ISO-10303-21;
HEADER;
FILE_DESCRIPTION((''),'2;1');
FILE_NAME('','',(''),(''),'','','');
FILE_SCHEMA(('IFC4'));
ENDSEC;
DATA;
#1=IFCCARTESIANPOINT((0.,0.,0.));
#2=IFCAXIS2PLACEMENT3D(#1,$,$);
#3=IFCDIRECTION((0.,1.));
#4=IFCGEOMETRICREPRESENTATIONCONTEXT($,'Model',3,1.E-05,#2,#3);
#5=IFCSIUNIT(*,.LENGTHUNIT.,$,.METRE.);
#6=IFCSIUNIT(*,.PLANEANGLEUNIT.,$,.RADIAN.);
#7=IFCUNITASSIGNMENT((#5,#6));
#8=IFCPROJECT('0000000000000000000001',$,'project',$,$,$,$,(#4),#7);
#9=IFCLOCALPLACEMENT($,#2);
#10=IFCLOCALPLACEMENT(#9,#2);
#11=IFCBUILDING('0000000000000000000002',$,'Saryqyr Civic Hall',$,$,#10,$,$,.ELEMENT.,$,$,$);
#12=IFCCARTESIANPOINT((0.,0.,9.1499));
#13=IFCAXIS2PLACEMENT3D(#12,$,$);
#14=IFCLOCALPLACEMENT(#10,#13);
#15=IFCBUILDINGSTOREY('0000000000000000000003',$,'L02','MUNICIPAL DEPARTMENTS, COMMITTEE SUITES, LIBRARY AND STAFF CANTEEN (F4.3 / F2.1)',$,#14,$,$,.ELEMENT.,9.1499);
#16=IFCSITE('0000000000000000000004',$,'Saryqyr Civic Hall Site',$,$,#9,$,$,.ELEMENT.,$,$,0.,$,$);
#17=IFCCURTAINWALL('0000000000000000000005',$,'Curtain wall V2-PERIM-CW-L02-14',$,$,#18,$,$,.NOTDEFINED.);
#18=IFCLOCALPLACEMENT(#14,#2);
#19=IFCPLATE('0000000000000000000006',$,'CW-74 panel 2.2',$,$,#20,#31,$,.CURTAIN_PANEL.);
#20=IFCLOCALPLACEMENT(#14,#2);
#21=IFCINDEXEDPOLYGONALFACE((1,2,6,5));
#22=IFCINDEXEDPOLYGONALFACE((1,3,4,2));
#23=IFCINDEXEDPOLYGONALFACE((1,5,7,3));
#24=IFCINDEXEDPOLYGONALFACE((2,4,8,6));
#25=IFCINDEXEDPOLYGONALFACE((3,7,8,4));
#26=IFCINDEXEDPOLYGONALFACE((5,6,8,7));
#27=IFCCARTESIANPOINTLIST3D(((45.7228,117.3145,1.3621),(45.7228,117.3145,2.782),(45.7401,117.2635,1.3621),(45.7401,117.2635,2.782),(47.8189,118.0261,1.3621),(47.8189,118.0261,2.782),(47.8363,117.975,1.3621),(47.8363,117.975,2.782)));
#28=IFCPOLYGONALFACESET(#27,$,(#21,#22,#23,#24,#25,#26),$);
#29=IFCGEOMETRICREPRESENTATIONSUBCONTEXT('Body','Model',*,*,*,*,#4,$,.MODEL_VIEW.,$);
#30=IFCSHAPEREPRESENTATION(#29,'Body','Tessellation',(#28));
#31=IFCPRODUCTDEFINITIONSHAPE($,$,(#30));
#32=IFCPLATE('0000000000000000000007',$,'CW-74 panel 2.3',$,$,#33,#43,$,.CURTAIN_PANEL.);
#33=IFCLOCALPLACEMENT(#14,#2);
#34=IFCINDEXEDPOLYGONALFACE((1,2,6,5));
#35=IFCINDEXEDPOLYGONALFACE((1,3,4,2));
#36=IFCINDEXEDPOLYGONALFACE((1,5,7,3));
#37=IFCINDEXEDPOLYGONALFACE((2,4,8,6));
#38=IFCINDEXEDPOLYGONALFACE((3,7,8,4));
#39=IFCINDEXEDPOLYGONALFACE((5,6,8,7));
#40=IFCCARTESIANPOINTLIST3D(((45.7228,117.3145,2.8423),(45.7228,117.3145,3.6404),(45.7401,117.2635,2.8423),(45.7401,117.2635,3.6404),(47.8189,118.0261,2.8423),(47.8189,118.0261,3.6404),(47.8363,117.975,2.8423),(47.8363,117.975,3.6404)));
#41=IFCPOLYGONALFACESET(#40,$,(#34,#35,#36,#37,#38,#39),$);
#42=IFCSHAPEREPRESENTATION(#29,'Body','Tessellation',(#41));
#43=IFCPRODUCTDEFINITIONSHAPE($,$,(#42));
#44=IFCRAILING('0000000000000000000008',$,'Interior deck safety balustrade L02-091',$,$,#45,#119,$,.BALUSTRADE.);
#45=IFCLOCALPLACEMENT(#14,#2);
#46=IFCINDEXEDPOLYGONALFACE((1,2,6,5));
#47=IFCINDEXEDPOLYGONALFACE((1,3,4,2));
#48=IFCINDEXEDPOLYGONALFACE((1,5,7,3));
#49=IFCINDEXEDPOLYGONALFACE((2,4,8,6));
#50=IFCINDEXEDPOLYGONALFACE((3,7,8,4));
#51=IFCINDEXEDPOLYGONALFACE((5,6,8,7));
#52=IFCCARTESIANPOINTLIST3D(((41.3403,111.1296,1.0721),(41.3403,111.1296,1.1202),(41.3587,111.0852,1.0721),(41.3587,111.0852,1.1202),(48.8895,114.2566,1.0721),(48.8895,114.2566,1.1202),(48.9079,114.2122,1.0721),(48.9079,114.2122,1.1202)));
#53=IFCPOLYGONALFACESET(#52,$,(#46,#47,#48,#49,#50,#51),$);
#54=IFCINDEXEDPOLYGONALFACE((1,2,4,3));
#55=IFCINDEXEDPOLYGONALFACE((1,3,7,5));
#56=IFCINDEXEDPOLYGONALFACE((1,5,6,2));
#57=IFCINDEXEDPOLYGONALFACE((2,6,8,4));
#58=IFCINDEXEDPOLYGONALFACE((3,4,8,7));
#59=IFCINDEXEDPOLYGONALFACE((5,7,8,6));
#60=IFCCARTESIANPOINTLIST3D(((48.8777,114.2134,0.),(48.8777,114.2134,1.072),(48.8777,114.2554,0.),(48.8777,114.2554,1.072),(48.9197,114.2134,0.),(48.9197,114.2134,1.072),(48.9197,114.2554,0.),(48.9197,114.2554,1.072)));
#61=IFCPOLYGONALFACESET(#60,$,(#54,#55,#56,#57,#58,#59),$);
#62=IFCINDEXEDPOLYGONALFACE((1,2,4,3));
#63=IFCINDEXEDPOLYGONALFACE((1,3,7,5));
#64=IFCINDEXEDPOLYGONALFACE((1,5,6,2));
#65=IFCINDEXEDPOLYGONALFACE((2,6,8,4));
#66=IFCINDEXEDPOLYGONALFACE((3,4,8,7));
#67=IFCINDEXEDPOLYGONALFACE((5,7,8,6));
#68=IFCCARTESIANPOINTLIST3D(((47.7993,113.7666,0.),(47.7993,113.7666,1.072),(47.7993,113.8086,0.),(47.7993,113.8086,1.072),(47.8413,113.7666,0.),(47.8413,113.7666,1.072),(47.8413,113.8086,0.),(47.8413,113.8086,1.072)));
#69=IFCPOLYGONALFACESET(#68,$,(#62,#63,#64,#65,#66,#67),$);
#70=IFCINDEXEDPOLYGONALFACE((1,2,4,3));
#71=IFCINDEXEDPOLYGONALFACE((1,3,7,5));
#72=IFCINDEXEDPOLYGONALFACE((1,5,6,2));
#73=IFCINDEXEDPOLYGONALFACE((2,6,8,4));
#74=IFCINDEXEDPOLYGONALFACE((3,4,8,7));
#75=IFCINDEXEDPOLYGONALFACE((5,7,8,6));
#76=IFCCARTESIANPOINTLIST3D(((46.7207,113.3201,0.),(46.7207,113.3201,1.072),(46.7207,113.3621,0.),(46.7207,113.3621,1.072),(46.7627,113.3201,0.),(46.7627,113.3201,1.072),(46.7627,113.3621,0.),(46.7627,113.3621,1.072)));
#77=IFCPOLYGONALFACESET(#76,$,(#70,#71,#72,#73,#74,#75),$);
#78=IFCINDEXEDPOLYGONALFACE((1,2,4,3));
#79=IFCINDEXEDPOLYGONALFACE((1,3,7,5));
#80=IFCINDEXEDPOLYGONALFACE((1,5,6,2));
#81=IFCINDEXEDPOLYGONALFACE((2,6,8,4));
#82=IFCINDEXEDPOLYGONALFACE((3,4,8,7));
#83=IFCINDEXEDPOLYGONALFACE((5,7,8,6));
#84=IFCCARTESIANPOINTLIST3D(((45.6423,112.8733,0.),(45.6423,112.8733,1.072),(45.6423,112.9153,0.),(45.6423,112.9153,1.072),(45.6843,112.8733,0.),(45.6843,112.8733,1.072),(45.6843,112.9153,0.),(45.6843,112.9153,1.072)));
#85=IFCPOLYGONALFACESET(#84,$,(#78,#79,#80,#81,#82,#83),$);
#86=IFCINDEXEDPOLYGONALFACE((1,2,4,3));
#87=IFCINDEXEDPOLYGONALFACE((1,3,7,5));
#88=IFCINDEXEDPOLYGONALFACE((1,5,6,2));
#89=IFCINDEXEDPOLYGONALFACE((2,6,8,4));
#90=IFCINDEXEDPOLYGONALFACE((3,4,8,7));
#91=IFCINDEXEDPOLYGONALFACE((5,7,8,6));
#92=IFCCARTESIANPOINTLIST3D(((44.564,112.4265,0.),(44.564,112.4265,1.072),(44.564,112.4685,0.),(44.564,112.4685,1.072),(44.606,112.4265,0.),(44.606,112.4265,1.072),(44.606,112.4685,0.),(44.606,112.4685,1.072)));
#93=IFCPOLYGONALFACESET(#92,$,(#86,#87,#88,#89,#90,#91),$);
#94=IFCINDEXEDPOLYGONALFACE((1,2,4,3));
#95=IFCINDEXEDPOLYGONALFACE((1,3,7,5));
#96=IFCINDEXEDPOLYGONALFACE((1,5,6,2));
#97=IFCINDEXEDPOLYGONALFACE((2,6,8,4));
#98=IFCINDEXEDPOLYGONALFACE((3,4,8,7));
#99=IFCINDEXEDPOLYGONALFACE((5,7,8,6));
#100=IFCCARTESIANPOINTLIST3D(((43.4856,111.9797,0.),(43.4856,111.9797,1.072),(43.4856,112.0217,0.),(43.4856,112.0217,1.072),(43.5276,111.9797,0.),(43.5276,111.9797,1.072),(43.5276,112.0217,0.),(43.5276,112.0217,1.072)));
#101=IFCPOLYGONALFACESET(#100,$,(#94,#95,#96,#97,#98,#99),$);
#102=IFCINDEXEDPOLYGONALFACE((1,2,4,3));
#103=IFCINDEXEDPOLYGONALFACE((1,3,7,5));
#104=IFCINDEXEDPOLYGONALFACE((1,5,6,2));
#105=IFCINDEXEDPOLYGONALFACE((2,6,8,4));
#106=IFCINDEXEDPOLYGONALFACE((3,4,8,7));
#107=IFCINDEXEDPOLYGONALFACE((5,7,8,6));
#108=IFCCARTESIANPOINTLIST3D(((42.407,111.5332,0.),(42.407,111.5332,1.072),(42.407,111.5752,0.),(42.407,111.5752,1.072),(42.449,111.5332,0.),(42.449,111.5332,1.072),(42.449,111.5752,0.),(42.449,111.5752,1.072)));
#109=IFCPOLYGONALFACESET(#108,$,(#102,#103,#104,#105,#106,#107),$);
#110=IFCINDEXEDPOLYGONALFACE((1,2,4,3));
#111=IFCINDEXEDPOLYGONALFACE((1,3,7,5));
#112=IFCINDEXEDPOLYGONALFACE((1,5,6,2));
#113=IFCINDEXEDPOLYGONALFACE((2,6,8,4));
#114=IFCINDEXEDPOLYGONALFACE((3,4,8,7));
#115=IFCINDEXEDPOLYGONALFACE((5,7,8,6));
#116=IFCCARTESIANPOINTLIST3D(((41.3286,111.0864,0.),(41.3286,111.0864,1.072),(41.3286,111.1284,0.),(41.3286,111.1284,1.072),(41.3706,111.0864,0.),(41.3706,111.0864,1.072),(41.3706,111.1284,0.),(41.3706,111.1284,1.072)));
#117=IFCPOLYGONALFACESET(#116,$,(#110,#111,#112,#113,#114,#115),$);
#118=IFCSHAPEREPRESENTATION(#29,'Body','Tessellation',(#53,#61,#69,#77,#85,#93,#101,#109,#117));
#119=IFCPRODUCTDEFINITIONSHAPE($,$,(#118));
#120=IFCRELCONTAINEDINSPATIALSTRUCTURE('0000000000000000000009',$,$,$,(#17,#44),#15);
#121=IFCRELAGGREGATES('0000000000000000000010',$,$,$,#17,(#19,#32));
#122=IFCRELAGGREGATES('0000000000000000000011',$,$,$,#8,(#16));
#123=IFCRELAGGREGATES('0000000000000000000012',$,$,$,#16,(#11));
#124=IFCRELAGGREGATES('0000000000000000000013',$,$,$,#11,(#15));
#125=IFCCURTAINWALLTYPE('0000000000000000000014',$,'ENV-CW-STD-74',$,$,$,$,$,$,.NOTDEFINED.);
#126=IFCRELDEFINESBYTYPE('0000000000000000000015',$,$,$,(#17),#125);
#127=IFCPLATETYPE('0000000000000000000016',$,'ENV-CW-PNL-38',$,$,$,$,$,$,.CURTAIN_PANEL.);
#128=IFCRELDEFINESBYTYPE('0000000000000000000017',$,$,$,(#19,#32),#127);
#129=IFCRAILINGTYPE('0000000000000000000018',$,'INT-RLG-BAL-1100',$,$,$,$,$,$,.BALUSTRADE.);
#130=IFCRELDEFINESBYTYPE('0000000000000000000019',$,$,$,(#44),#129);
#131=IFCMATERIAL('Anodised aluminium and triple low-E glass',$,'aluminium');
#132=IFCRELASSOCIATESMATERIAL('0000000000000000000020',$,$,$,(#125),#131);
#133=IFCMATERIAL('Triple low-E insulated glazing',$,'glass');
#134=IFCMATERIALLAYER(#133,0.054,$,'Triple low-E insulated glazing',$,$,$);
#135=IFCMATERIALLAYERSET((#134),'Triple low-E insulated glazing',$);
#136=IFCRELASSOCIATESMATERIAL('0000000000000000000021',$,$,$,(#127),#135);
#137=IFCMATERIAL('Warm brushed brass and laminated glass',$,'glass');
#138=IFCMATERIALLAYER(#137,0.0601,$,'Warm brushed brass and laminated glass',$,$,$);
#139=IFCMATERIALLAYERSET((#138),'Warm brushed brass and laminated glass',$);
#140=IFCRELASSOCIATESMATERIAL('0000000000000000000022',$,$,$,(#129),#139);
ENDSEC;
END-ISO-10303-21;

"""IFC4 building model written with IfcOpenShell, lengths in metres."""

from ifc_helpers import new_model, si_unit, direction, frame, origin, origin_2d, place, context, subcontext, project, spatial, rectangle, extrude, material, layer, layer_set, type_object, element, aggregate, save


model = new_model("IFC4")

# Units and contexts
model_context = context("Model", 3, precision=1e-05, world=origin(), true_north=direction((0.0, 1.0)))
body_context = subcontext(model_context, "Body", "Model", "MODEL_VIEW")
ifc_project = project(units=[si_unit("LENGTHUNIT", "METRE"), si_unit("PLANEANGLEUNIT", "RADIAN")], contexts=[model_context])

# Site, building, storey
site_placement = place(None, origin())
site = spatial("IfcSite", under=ifc_project, at=site_placement, Name="Saryqyr Civic Hall Site", CompositionType="ELEMENT", RefElevation=0.0)
building_placement = place(site_placement, origin())
building = spatial("IfcBuilding", under=site, at=building_placement, Name="Saryqyr Civic Hall", CompositionType="ELEMENT")
storey_placement = place(building_placement, frame((0.0, 0.0, 9.1499)))
storey = spatial("IfcBuildingStorey", under=building, at=storey_placement, Name="L02", Description="MUNICIPAL DEPARTMENTS, COMMITTEE SUITES, LIBRARY AND STAFF CANTEEN (F4.3 / F2.1)", CompositionType="ELEMENT", Elevation=9.1499)

# Shared definitions
ifc_material_1 = material(Name="Anodised aluminium and triple low-E glass", Category="aluminium")
curtain_wall_type_1 = type_object("IfcCurtainWallType", Name="ENV-CW-STD-74", PredefinedType="NOTDEFINED", material=ifc_material_1)

# Curtain wall
curtain_wall_1_placement = place(storey_placement, origin())
curtain_wall_1 = element("IfcCurtainWall", 1, at=curtain_wall_1_placement, inside=storey, type_object=curtain_wall_type_1, Name="Curtain wall V2-PERIM-CW-L02-14", PredefinedType="NOTDEFINED")

# Plates
ifc_material_2 = material(Name="Triple low-E insulated glazing", Category="glass")
ifc_layer_1 = layer(ifc_material_2, 0.054, Name="Triple low-E insulated glazing")
ifc_layer_set_1 = layer_set([ifc_layer_1], Name="Triple low-E insulated glazing")
plate_type = type_object("IfcPlateType", Name="ENV-CW-PNL-38", PredefinedType="CURTAIN_PANEL", material=ifc_layer_set_1)
plate_1_placement = place(storey_placement, frame((46.7795, 117.6448, 1.3621), z_axis=(0.0, 0.0, 1.0), x_axis=(0.946928, 0.321445, 0.0)))
plate_1 = element("IfcPlate", 2, at=plate_1_placement, type_object=plate_type, Name="CW-74 panel 2.2", PredefinedType="CURTAIN_PANEL", context=body_context, shape_type="SweptSolid", body=[
    extrude(rectangle(XDim=2.2136, YDim=0.054, at=origin_2d()), origin(), (0.0, 0.0, 1.0), 1.4199),
])
plate_2_placement = place(storey_placement, frame((46.7795, 117.6448, 2.8423), z_axis=(0.0, 0.0, 1.0), x_axis=(0.946928, 0.321445, 0.0)))
plate_2 = element("IfcPlate", 3, at=plate_2_placement, type_object=plate_type, Name="CW-74 panel 2.3", PredefinedType="CURTAIN_PANEL", context=body_context, shape_type="SweptSolid", body=[
    extrude(rectangle(XDim=2.2136, YDim=0.054, at=origin_2d()), origin(), (0.0, 0.0, 1.0), 0.7981),
])
aggregate(curtain_wall_1, [plate_1, plate_2])

# Railing
ifc_material_3 = material(Name="Warm brushed brass and laminated glass", Category="glass")
ifc_layer_2 = layer(ifc_material_3, 0.0601, Name="Warm brushed brass and laminated glass")
ifc_layer_set_2 = layer_set([ifc_layer_2], Name="Warm brushed brass and laminated glass")
railing_type = type_object("IfcRailingType", Name="INT-RLG-BAL-1100", PredefinedType="BALUSTRADE", material=ifc_layer_set_2)
railing_placement = place(storey_placement, frame((48.8987, 114.2344, 0.0)))
element("IfcRailing", 4, at=railing_placement, inside=storey, type_object=railing_type, Name="Interior deck safety balustrade L02-091", PredefinedType="BALUSTRADE", context=body_context, shape_type="SweptSolid", body=[
    extrude(rectangle(XDim=0.0481, YDim=0.0481, at=origin_2d()), frame((0.0, 0.0, 1.0962), z_axis=(-0.923878, -0.382686, 0.0), x_axis=(0.382686, -0.923878, 0.0)), (0.0, 0.0, 1.0), 8.1711),
    extrude(rectangle(XDim=0.042, YDim=0.042, at=origin_2d()), origin(), (0.0, 0.0, 1.0), 1.072),
    extrude(rectangle(XDim=0.042, YDim=0.042, at=origin_2d()), frame((-1.0784, -0.4468, 0.0)), (0.0, 0.0, 1.0), 1.072),
    extrude(rectangle(XDim=0.042, YDim=0.042, at=origin_2d()), frame((-2.157, -0.8933, 0.0)), (0.0, 0.0, 1.0), 1.072),
    extrude(rectangle(XDim=0.042, YDim=0.042, at=origin_2d()), frame((-3.2354, -1.3401, 0.0)), (0.0, 0.0, 1.0), 1.072),
    extrude(rectangle(XDim=0.042, YDim=0.042, at=origin_2d()), frame((-4.3137, -1.7869, 0.0)), (0.0, 0.0, 1.0), 1.072),
    extrude(rectangle(XDim=0.042, YDim=0.042, at=origin_2d()), frame((-5.3921, -2.2336, 0.0)), (0.0, 0.0, 1.0), 1.072),
    extrude(rectangle(XDim=0.042, YDim=0.042, at=origin_2d()), frame((-6.4707, -2.6802, 0.0)), (0.0, 0.0, 1.0), 1.072),
    extrude(rectangle(XDim=0.042, YDim=0.042, at=origin_2d()), frame((-7.5491, -3.127, 0.0)), (0.0, 0.0, 1.0), 1.072),
])

save(model, "model.ifc")
